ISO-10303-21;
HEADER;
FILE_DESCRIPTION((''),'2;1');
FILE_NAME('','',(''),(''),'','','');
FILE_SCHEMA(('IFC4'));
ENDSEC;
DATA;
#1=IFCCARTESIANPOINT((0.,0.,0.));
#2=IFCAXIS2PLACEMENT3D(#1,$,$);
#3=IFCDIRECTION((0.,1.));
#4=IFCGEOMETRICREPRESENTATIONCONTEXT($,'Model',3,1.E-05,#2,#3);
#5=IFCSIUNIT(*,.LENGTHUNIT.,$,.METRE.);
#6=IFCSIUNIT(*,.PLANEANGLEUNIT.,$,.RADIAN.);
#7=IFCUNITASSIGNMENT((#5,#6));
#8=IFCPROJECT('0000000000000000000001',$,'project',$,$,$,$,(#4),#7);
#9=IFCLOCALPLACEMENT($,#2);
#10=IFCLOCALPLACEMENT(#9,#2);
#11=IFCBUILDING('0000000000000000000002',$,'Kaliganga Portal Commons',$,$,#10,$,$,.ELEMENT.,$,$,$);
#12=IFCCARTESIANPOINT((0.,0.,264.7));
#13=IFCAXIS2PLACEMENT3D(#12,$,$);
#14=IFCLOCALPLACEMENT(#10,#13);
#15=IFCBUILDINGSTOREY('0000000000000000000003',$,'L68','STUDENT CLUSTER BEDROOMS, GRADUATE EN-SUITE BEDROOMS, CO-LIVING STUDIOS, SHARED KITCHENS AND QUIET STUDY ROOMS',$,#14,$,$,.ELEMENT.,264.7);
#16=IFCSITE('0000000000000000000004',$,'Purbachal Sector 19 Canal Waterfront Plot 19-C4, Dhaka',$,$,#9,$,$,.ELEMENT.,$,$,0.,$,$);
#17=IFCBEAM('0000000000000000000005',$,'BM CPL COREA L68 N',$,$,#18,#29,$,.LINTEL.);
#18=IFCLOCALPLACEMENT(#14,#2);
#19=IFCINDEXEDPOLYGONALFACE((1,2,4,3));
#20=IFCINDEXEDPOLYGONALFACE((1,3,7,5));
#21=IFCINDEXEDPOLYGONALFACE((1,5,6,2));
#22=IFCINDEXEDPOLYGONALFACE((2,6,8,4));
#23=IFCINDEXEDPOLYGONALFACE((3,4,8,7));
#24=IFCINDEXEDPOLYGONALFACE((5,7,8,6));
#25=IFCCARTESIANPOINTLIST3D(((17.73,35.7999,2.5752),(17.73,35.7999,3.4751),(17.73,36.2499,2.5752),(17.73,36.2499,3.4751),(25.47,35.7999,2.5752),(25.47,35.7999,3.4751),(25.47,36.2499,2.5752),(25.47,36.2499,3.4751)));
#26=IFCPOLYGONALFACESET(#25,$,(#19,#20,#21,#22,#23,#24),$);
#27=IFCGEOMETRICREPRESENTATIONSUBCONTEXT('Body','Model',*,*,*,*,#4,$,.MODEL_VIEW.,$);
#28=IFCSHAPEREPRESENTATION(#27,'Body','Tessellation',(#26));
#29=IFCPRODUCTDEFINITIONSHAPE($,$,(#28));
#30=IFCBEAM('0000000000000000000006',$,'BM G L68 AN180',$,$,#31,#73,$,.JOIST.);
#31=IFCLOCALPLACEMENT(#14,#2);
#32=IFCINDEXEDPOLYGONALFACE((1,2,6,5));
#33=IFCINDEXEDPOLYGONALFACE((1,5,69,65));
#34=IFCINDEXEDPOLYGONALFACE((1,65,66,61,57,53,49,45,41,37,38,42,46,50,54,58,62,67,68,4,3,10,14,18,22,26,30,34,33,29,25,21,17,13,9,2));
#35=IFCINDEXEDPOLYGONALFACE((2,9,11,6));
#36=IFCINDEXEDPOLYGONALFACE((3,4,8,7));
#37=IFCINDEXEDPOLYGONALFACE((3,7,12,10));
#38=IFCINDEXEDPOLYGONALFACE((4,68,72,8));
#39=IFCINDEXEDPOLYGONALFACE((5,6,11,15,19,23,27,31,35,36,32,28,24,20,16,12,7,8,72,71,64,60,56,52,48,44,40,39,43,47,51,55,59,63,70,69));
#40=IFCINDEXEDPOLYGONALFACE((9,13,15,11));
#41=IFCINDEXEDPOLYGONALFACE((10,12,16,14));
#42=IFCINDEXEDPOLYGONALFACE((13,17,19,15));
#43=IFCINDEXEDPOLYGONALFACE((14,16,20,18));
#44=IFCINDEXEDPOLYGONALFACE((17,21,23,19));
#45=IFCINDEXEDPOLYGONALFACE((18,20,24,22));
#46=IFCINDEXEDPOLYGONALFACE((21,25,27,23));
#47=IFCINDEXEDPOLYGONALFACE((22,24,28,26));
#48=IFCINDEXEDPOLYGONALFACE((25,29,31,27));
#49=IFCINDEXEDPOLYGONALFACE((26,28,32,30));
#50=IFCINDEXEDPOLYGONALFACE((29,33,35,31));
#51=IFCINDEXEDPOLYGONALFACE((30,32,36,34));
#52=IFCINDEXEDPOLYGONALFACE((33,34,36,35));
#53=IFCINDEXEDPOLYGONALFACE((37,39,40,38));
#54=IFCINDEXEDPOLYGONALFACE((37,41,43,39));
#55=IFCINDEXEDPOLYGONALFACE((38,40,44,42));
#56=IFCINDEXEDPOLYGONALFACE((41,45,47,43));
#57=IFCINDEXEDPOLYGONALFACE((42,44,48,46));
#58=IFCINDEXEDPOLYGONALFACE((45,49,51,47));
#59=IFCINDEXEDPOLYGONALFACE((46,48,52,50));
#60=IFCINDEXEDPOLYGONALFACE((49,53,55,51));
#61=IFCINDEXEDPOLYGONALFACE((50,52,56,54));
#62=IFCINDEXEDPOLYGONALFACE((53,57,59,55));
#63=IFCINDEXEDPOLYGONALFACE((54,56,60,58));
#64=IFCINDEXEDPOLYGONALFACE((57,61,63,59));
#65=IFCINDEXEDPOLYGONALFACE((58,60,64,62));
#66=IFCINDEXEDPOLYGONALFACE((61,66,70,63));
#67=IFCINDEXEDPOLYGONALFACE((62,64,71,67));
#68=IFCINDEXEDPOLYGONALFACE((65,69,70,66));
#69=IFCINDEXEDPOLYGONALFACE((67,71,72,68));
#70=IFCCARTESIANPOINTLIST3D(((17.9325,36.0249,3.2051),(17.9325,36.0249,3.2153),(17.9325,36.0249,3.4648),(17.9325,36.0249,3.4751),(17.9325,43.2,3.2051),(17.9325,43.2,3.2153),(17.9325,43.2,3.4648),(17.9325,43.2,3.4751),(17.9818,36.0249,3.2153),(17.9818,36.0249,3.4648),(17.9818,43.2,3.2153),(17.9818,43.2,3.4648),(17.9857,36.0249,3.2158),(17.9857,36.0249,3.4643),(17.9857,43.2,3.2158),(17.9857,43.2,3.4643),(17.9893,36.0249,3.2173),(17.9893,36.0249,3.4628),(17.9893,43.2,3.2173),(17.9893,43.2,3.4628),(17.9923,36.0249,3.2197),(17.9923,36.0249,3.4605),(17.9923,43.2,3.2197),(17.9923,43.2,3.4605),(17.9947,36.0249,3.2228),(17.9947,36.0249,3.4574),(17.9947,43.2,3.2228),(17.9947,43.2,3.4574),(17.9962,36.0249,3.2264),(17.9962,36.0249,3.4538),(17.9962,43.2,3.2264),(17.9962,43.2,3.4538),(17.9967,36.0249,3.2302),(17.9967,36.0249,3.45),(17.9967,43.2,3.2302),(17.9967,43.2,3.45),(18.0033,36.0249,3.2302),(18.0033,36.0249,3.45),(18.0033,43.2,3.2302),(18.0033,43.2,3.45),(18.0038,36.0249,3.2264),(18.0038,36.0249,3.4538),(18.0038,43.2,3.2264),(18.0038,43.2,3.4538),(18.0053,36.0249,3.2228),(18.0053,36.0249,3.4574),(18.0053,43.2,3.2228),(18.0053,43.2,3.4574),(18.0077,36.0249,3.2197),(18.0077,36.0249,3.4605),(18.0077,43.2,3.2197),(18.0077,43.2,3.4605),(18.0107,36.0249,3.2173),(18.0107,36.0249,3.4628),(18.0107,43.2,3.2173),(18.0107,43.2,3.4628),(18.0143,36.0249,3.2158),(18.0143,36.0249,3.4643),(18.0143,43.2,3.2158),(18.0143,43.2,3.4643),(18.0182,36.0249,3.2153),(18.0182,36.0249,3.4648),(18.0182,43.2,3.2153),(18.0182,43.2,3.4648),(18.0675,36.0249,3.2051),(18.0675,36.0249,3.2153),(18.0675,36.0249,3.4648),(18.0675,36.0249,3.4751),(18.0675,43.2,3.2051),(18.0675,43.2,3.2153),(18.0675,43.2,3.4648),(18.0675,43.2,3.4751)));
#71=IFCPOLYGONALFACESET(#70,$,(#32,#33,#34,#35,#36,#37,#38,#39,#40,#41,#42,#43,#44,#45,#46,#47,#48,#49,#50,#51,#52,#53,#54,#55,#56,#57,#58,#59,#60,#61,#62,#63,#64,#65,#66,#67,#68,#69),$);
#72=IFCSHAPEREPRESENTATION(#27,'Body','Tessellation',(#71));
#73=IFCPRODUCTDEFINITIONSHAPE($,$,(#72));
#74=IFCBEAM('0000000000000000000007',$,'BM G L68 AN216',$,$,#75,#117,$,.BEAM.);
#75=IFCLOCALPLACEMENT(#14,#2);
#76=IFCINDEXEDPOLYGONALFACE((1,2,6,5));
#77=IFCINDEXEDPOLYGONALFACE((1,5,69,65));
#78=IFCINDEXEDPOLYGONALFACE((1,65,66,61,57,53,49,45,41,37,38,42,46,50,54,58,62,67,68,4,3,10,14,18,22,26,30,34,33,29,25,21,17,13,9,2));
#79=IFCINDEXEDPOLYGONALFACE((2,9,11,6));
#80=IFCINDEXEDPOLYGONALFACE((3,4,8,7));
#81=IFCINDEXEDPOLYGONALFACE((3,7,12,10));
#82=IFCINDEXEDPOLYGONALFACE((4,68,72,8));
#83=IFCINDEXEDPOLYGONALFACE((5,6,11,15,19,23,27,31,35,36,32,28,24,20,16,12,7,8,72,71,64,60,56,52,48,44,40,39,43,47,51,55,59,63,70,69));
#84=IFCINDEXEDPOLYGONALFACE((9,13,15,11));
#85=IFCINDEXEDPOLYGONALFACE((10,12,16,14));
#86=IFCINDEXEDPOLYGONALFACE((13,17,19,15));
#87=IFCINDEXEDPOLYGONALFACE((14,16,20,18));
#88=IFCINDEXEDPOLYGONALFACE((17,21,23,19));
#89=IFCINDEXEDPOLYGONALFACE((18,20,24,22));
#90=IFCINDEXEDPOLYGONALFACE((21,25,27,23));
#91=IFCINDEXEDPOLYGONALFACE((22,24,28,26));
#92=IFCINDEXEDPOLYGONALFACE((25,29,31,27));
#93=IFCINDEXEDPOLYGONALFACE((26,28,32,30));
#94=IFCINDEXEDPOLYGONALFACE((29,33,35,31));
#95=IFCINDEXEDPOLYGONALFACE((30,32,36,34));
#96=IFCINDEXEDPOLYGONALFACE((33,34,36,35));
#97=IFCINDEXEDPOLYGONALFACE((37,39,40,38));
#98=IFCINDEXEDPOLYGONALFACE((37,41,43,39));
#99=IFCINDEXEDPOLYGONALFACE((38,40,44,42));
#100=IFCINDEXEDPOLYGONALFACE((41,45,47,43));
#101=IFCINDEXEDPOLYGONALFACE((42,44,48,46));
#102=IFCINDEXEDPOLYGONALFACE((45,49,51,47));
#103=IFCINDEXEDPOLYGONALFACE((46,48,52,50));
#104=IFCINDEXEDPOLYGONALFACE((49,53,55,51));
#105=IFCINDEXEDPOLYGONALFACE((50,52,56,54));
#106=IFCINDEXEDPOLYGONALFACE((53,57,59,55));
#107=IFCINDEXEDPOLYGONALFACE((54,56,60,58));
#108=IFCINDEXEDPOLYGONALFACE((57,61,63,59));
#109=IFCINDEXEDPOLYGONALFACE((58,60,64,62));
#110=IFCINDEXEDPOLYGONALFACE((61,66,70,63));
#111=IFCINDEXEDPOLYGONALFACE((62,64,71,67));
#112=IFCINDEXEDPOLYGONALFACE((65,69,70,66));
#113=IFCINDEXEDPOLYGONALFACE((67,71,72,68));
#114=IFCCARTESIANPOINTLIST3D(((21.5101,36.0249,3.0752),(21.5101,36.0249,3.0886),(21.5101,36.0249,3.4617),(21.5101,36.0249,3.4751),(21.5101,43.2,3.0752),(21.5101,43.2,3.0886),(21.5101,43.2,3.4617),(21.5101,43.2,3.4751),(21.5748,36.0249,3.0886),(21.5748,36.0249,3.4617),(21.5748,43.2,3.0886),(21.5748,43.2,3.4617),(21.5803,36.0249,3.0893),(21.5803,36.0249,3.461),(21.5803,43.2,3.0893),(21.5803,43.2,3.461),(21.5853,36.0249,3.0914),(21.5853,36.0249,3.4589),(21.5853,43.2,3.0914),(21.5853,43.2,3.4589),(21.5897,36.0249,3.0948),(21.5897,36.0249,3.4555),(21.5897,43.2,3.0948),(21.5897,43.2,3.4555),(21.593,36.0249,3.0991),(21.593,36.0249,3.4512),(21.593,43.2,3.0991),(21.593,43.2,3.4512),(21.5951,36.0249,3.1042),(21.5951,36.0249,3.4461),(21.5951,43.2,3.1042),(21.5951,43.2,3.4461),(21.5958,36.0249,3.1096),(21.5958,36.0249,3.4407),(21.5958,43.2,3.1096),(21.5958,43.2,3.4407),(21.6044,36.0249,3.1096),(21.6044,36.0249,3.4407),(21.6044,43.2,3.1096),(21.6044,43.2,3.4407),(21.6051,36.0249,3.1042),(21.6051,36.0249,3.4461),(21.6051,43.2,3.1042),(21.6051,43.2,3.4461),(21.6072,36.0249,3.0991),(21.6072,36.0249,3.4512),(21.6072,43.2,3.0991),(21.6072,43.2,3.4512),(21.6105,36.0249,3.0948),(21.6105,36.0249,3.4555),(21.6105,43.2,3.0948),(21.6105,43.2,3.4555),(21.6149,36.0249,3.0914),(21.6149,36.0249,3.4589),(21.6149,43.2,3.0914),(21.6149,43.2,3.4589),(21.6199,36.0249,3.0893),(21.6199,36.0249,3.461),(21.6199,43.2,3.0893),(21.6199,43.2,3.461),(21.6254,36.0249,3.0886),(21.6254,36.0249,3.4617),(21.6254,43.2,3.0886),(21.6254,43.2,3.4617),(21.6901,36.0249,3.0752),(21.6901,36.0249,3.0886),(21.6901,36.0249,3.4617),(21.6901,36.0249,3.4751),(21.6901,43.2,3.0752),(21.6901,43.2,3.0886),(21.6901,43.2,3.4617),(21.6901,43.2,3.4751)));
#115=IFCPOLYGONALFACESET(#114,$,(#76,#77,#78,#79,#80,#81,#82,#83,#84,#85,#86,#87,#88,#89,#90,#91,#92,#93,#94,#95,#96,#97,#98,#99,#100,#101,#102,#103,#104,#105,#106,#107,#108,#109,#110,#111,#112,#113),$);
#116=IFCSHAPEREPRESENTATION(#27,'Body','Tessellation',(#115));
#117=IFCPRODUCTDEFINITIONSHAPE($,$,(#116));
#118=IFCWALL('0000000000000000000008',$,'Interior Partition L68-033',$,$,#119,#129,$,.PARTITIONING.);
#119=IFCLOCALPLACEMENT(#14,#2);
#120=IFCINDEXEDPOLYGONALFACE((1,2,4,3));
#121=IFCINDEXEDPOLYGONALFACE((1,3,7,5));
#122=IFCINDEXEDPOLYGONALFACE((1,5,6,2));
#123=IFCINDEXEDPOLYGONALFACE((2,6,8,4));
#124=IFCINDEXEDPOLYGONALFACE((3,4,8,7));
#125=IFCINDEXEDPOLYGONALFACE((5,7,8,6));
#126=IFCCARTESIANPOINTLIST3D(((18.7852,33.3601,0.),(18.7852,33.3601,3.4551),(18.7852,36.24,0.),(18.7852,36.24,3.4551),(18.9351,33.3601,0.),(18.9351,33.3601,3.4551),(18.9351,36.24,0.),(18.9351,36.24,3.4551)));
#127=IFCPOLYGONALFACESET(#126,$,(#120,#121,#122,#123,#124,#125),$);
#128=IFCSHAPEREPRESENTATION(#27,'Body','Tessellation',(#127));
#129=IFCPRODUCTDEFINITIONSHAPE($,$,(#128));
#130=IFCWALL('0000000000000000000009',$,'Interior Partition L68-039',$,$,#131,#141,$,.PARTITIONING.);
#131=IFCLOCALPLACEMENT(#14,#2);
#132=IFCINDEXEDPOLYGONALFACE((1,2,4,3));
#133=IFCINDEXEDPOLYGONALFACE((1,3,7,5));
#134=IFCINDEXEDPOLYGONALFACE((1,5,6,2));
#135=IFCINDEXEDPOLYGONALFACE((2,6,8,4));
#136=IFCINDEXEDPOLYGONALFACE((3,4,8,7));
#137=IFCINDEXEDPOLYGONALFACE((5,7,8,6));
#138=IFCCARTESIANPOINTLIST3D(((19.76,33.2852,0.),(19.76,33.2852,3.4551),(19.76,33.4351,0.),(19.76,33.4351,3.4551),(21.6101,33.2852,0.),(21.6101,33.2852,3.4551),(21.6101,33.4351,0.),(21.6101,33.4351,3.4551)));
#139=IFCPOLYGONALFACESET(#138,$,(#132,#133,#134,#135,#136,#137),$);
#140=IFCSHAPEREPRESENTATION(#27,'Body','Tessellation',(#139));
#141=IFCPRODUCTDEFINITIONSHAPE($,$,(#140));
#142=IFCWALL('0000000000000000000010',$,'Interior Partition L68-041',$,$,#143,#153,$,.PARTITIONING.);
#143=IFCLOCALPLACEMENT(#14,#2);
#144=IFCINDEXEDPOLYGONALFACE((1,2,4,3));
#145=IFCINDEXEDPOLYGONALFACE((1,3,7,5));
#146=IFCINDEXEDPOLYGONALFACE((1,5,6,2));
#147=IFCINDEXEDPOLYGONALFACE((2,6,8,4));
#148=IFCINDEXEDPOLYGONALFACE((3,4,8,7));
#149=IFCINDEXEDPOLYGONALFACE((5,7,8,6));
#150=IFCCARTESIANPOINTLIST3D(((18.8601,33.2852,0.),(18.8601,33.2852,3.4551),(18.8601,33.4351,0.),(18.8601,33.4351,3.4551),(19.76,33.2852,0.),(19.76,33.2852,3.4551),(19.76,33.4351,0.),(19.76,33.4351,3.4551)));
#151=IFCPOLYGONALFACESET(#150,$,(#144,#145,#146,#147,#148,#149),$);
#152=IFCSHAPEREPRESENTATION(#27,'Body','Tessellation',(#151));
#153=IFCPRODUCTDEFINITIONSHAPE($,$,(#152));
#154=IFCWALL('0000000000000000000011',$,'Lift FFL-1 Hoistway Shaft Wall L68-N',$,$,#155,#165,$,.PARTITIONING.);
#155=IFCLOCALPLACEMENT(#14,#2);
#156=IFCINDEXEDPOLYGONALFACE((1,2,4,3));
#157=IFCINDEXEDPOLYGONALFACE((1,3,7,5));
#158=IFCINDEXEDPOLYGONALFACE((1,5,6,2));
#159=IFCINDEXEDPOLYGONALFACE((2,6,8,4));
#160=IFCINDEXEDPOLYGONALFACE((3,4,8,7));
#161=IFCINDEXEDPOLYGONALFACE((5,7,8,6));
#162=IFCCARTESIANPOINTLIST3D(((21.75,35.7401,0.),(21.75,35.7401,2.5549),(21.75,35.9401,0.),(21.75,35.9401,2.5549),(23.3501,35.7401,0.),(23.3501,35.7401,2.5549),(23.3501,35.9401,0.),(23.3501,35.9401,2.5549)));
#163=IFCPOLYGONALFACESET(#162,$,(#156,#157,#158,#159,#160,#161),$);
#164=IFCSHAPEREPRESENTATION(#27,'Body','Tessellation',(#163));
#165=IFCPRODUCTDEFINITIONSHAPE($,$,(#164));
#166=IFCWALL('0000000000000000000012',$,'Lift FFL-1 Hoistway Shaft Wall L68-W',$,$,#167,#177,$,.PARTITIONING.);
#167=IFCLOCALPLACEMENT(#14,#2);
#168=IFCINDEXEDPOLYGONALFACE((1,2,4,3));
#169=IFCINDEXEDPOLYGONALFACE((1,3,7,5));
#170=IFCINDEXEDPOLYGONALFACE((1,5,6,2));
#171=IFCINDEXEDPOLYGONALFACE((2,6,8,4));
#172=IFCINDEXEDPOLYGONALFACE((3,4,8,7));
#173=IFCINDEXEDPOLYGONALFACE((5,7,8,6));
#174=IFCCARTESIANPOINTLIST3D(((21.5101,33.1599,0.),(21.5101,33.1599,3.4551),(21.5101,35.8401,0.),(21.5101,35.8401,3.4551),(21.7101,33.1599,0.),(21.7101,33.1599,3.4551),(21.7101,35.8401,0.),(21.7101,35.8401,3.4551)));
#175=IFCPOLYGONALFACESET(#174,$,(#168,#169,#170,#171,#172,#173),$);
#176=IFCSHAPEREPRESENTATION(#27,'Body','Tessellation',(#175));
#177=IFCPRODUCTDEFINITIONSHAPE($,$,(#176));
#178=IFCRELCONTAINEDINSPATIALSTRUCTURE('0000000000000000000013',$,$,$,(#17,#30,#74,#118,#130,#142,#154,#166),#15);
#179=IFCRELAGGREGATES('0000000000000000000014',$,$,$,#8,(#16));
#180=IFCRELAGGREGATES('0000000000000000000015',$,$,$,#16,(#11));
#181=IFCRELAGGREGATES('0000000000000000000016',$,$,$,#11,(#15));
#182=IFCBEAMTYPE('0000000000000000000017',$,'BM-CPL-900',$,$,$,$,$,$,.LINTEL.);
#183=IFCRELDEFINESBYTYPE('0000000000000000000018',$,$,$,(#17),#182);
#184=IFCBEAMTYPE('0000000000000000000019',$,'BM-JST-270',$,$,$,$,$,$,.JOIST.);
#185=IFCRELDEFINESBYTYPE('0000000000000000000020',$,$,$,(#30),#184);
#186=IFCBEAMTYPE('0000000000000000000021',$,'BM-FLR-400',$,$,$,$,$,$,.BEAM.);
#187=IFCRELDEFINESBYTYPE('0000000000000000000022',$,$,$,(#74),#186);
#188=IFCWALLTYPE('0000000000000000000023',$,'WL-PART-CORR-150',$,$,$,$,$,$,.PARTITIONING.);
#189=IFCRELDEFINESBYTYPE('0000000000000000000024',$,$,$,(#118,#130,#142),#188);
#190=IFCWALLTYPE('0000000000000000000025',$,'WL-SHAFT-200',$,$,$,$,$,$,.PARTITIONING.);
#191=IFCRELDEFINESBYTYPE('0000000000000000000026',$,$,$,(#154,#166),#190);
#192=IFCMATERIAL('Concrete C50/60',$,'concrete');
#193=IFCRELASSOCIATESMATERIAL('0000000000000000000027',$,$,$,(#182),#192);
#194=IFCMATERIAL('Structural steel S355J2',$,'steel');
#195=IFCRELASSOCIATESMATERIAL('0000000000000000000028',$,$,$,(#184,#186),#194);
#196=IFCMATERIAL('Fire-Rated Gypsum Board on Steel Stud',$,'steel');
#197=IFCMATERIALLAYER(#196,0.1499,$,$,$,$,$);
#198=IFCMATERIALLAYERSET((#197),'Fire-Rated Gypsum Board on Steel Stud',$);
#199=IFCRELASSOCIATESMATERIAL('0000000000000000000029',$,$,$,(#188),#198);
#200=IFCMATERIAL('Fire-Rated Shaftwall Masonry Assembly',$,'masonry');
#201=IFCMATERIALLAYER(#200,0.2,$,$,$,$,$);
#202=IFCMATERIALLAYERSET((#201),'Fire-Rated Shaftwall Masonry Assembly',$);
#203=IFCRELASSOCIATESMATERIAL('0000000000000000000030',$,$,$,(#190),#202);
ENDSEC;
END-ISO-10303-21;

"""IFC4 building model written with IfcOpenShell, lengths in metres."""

from ifc_helpers import new_model, si_unit, direction, frame, frame_2d, origin, origin_2d, place, context, subcontext, project, spatial, rectangle, i_section, extrude, source, transform, mapped, material, layer, layer_set, material_profile, profile_set, type_object, element, save


model = new_model("IFC4")

# Units and contexts
model_context = context("Model", 3, precision=1e-05, world=origin(), true_north=direction((0.0, 1.0)))
body_context = subcontext(model_context, "Body", "Model", "MODEL_VIEW")
ifc_project = project(units=[si_unit("LENGTHUNIT", "METRE"), si_unit("PLANEANGLEUNIT", "RADIAN")], contexts=[model_context])

# Site, building, storey
site_placement = place(None, origin())
site = spatial("IfcSite", under=ifc_project, at=site_placement, Name="Purbachal Sector 19 Canal Waterfront Plot 19-C4, Dhaka", CompositionType="ELEMENT", RefElevation=0.0)
building_placement = place(site_placement, origin())
building = spatial("IfcBuilding", under=site, at=building_placement, Name="Kaliganga Portal Commons", CompositionType="ELEMENT")
storey_placement = place(building_placement, frame((0.0, 0.0, 264.7)))
storey = spatial("IfcBuildingStorey", under=building, at=storey_placement, Name="L68", Description="STUDENT CLUSTER BEDROOMS, GRADUATE EN-SUITE BEDROOMS, CO-LIVING STUDIOS, SHARED KITCHENS AND QUIET STUDY ROOMS", CompositionType="ELEMENT", Elevation=264.7)

# Beams
ifc_material_1 = material(Name="Concrete C50/60", Category="concrete")
ifc_material_profile_1 = material_profile(ifc_material_1, rectangle(XDim=0.45, YDim=0.8999, at=origin_2d()), Name="RC 450x900")
ifc_profile_set_1 = profile_set([ifc_material_profile_1], Name="Concrete C50/60")
beam_type_1 = type_object("IfcBeamType", Name="BM-CPL-900", PredefinedType="LINTEL", material=ifc_profile_set_1)
shared_shape_1 = source(origin(), body_context, "Body", "SweptSolid", [
    extrude(rectangle(XDim=0.45, YDim=0.8999, at=origin_2d()), origin(), (0.0, 0.0, 1.0), 7.74),
])
beam_1_placement = place(storey_placement, frame((17.73, 36.0249, 3.0251), z_axis=(1.0, 0.0, 0.0), x_axis=(0.0, 1.0, 0.0)))
element("IfcBeam", 1, at=beam_1_placement, inside=storey, type_object=beam_type_1, Name="BM CPL COREA L68 N", PredefinedType="LINTEL", context=body_context, shape_type="MappedRepresentation", body=[
    mapped(shared_shape_1, transform((0.0, 0.0, 0.0), x_axis=(1.0, 0.0, 0.0), y_axis=(0.0, 1.0, 0.0), z_axis=(0.0, 0.0, 1.0), scale=1.0)),
])
ifc_material_2 = material(Name="Structural steel S355J2", Category="steel")
ifc_material_profile_2 = material_profile(ifc_material_2, i_section(OverallWidth=0.135, OverallDepth=0.27, WebThickness=0.0066, FlangeThickness=0.0103, FilletRadius=0.0149, at=origin_2d()), Name="IPE 270")
ifc_profile_set_2 = profile_set([ifc_material_profile_2], Name="Structural steel S355J2 wide-flange")
beam_type_2 = type_object("IfcBeamType", Name="BM-JST-270", PredefinedType="JOIST", material=ifc_profile_set_2)
shared_shape_2 = source(origin(), body_context, "Body", "SweptSolid", [
    extrude(i_section(OverallWidth=0.135, OverallDepth=0.27, WebThickness=0.0066, FlangeThickness=0.0103, FilletRadius=0.0149, at=origin_2d()), origin(), (0.0, 0.0, 1.0), 7.175),
])
beam_2_placement = place(storey_placement, frame((18.0, 36.0249, 3.3401), z_axis=(0.0, 1.0, 0.0), x_axis=(-1.0, 0.0, 0.0)))
element("IfcBeam", 2, at=beam_2_placement, inside=storey, type_object=beam_type_2, Name="BM G L68 AN180", PredefinedType="JOIST", context=body_context, shape_type="MappedRepresentation", body=[
    mapped(shared_shape_2, transform((0.0, 0.0, 0.0), x_axis=(1.0, 0.0, 0.0), y_axis=(0.0, 1.0, 0.0), z_axis=(0.0, 0.0, 1.0), scale=1.0)),
])
ifc_material_profile_3 = material_profile(ifc_material_2, i_section(OverallWidth=0.1799, OverallDepth=0.3999, WebThickness=0.0085, FlangeThickness=0.0134, FilletRadius=0.021, at=origin_2d()), Name="IPE 400")
ifc_profile_set_3 = profile_set([ifc_material_profile_3], Name="Structural steel S355J2 wide-flange")
beam_type_3 = type_object("IfcBeamType", Name="BM-FLR-400", PredefinedType="BEAM", material=ifc_profile_set_3)
shared_shape_3 = source(origin(), body_context, "Body", "SweptSolid", [
    extrude(i_section(OverallWidth=0.1799, OverallDepth=0.3999, WebThickness=0.0085, FlangeThickness=0.0134, FilletRadius=0.021, at=origin_2d()), origin(), (0.0, 0.0, 1.0), 7.175),
])
beam_3_placement = place(storey_placement, frame((21.6001, 36.0249, 3.2751), z_axis=(0.0, 1.0, 0.0), x_axis=(-1.0, 0.0, 0.0)))
element("IfcBeam", 3, at=beam_3_placement, inside=storey, type_object=beam_type_3, Name="BM G L68 AN216", PredefinedType="BEAM", context=body_context, shape_type="MappedRepresentation", body=[
    mapped(shared_shape_3, transform((0.0, 0.0, 0.0), x_axis=(1.0, 0.0, 0.0), y_axis=(0.0, 1.0, 0.0), z_axis=(0.0, 0.0, 1.0), scale=1.0)),
])

# Walls
ifc_material_3 = material(Name="Fire-Rated Gypsum Board on Steel Stud", Category="steel")
ifc_layer_1 = layer(ifc_material_3, 0.1499)
ifc_layer_set_1 = layer_set([ifc_layer_1], Name="Fire-Rated Gypsum Board on Steel Stud")
wall_type_1 = type_object("IfcWallType", Name="WL-PART-CORR-150", PredefinedType="PARTITIONING", material=ifc_layer_set_1)
wall_1_placement = place(storey_placement, frame((18.8601, 33.3601, 0.0), z_axis=(0.0, 0.0, 1.0), x_axis=(0.0, 1.0, 0.0)))
element("IfcWall", 4, at=wall_1_placement, inside=storey, type_object=wall_type_1, Name="Interior Partition L68-033", PredefinedType="PARTITIONING", context=body_context, shape_type="SweptSolid", body=[
    extrude(rectangle(XDim=2.8799, YDim=0.1499, at=frame_2d((1.4399, 0.0))), origin(), (0.0, 0.0, 1.0), 3.4551),
])
wall_2_placement = place(storey_placement, frame((19.76, 33.3601, 0.0), z_axis=(0.0, 0.0, 1.0), x_axis=(1.0, 0.0, 0.0)))
element("IfcWall", 5, at=wall_2_placement, inside=storey, type_object=wall_type_1, Name="Interior Partition L68-039", PredefinedType="PARTITIONING", context=body_context, shape_type="SweptSolid", body=[
    extrude(rectangle(XDim=1.8501, YDim=0.1499, at=frame_2d((0.925, 0.0))), origin(), (0.0, 0.0, 1.0), 3.4551),
])
wall_3_placement = place(storey_placement, frame((18.8601, 33.3601, 0.0), z_axis=(0.0, 0.0, 1.0), x_axis=(1.0, 0.0, 0.0)))
element("IfcWall", 6, at=wall_3_placement, inside=storey, type_object=wall_type_1, Name="Interior Partition L68-041", PredefinedType="PARTITIONING", context=body_context, shape_type="SweptSolid", body=[
    extrude(rectangle(XDim=0.8999, YDim=0.1499, at=frame_2d((0.45, 0.0))), origin(), (0.0, 0.0, 1.0), 3.4551),
])

# Shared definitions
ifc_material_4 = material(Name="Fire-Rated Shaftwall Masonry Assembly", Category="masonry")
ifc_layer_2 = layer(ifc_material_4, 0.2)
ifc_layer_set_2 = layer_set([ifc_layer_2], Name="Fire-Rated Shaftwall Masonry Assembly")
wall_type_2 = type_object("IfcWallType", Name="WL-SHAFT-200", PredefinedType="PARTITIONING", material=ifc_layer_set_2)

# Walls
wall_4_placement = place(storey_placement, frame((21.75, 35.8401, 0.0), z_axis=(0.0, 0.0, 1.0), x_axis=(1.0, 0.0, 0.0)))
element("IfcWall", 7, at=wall_4_placement, inside=storey, type_object=wall_type_2, Name="Lift FFL-1 Hoistway Shaft Wall L68-N", PredefinedType="PARTITIONING", context=body_context, shape_type="SweptSolid", body=[
    extrude(rectangle(XDim=1.6001, YDim=0.2, at=frame_2d((0.8, 0.0))), origin(), (0.0, 0.0, 1.0), 2.5549),
])
for number, where, z_axis, x_axis, name in (
    (8, (21.6101, 33.1599, 0.0), (0.0, 0.0, 1.0), (0.0, 1.0, 0.0), "Lift FFL-1 Hoistway Shaft Wall L68-W"),
):
    element("IfcWall", number, at=place(storey_placement, frame(where, z_axis=z_axis, x_axis=x_axis)), inside=storey, type_object=wall_type_2, Name=name, PredefinedType="PARTITIONING", context=body_context, shape_type="SweptSolid", body=[
        extrude(rectangle(XDim=2.6802, YDim=0.2, at=frame_2d((1.3401, 0.0))), origin(), (0.0, 0.0, 1.0), 3.4551),
    ])

save(model, "model.ifc")
